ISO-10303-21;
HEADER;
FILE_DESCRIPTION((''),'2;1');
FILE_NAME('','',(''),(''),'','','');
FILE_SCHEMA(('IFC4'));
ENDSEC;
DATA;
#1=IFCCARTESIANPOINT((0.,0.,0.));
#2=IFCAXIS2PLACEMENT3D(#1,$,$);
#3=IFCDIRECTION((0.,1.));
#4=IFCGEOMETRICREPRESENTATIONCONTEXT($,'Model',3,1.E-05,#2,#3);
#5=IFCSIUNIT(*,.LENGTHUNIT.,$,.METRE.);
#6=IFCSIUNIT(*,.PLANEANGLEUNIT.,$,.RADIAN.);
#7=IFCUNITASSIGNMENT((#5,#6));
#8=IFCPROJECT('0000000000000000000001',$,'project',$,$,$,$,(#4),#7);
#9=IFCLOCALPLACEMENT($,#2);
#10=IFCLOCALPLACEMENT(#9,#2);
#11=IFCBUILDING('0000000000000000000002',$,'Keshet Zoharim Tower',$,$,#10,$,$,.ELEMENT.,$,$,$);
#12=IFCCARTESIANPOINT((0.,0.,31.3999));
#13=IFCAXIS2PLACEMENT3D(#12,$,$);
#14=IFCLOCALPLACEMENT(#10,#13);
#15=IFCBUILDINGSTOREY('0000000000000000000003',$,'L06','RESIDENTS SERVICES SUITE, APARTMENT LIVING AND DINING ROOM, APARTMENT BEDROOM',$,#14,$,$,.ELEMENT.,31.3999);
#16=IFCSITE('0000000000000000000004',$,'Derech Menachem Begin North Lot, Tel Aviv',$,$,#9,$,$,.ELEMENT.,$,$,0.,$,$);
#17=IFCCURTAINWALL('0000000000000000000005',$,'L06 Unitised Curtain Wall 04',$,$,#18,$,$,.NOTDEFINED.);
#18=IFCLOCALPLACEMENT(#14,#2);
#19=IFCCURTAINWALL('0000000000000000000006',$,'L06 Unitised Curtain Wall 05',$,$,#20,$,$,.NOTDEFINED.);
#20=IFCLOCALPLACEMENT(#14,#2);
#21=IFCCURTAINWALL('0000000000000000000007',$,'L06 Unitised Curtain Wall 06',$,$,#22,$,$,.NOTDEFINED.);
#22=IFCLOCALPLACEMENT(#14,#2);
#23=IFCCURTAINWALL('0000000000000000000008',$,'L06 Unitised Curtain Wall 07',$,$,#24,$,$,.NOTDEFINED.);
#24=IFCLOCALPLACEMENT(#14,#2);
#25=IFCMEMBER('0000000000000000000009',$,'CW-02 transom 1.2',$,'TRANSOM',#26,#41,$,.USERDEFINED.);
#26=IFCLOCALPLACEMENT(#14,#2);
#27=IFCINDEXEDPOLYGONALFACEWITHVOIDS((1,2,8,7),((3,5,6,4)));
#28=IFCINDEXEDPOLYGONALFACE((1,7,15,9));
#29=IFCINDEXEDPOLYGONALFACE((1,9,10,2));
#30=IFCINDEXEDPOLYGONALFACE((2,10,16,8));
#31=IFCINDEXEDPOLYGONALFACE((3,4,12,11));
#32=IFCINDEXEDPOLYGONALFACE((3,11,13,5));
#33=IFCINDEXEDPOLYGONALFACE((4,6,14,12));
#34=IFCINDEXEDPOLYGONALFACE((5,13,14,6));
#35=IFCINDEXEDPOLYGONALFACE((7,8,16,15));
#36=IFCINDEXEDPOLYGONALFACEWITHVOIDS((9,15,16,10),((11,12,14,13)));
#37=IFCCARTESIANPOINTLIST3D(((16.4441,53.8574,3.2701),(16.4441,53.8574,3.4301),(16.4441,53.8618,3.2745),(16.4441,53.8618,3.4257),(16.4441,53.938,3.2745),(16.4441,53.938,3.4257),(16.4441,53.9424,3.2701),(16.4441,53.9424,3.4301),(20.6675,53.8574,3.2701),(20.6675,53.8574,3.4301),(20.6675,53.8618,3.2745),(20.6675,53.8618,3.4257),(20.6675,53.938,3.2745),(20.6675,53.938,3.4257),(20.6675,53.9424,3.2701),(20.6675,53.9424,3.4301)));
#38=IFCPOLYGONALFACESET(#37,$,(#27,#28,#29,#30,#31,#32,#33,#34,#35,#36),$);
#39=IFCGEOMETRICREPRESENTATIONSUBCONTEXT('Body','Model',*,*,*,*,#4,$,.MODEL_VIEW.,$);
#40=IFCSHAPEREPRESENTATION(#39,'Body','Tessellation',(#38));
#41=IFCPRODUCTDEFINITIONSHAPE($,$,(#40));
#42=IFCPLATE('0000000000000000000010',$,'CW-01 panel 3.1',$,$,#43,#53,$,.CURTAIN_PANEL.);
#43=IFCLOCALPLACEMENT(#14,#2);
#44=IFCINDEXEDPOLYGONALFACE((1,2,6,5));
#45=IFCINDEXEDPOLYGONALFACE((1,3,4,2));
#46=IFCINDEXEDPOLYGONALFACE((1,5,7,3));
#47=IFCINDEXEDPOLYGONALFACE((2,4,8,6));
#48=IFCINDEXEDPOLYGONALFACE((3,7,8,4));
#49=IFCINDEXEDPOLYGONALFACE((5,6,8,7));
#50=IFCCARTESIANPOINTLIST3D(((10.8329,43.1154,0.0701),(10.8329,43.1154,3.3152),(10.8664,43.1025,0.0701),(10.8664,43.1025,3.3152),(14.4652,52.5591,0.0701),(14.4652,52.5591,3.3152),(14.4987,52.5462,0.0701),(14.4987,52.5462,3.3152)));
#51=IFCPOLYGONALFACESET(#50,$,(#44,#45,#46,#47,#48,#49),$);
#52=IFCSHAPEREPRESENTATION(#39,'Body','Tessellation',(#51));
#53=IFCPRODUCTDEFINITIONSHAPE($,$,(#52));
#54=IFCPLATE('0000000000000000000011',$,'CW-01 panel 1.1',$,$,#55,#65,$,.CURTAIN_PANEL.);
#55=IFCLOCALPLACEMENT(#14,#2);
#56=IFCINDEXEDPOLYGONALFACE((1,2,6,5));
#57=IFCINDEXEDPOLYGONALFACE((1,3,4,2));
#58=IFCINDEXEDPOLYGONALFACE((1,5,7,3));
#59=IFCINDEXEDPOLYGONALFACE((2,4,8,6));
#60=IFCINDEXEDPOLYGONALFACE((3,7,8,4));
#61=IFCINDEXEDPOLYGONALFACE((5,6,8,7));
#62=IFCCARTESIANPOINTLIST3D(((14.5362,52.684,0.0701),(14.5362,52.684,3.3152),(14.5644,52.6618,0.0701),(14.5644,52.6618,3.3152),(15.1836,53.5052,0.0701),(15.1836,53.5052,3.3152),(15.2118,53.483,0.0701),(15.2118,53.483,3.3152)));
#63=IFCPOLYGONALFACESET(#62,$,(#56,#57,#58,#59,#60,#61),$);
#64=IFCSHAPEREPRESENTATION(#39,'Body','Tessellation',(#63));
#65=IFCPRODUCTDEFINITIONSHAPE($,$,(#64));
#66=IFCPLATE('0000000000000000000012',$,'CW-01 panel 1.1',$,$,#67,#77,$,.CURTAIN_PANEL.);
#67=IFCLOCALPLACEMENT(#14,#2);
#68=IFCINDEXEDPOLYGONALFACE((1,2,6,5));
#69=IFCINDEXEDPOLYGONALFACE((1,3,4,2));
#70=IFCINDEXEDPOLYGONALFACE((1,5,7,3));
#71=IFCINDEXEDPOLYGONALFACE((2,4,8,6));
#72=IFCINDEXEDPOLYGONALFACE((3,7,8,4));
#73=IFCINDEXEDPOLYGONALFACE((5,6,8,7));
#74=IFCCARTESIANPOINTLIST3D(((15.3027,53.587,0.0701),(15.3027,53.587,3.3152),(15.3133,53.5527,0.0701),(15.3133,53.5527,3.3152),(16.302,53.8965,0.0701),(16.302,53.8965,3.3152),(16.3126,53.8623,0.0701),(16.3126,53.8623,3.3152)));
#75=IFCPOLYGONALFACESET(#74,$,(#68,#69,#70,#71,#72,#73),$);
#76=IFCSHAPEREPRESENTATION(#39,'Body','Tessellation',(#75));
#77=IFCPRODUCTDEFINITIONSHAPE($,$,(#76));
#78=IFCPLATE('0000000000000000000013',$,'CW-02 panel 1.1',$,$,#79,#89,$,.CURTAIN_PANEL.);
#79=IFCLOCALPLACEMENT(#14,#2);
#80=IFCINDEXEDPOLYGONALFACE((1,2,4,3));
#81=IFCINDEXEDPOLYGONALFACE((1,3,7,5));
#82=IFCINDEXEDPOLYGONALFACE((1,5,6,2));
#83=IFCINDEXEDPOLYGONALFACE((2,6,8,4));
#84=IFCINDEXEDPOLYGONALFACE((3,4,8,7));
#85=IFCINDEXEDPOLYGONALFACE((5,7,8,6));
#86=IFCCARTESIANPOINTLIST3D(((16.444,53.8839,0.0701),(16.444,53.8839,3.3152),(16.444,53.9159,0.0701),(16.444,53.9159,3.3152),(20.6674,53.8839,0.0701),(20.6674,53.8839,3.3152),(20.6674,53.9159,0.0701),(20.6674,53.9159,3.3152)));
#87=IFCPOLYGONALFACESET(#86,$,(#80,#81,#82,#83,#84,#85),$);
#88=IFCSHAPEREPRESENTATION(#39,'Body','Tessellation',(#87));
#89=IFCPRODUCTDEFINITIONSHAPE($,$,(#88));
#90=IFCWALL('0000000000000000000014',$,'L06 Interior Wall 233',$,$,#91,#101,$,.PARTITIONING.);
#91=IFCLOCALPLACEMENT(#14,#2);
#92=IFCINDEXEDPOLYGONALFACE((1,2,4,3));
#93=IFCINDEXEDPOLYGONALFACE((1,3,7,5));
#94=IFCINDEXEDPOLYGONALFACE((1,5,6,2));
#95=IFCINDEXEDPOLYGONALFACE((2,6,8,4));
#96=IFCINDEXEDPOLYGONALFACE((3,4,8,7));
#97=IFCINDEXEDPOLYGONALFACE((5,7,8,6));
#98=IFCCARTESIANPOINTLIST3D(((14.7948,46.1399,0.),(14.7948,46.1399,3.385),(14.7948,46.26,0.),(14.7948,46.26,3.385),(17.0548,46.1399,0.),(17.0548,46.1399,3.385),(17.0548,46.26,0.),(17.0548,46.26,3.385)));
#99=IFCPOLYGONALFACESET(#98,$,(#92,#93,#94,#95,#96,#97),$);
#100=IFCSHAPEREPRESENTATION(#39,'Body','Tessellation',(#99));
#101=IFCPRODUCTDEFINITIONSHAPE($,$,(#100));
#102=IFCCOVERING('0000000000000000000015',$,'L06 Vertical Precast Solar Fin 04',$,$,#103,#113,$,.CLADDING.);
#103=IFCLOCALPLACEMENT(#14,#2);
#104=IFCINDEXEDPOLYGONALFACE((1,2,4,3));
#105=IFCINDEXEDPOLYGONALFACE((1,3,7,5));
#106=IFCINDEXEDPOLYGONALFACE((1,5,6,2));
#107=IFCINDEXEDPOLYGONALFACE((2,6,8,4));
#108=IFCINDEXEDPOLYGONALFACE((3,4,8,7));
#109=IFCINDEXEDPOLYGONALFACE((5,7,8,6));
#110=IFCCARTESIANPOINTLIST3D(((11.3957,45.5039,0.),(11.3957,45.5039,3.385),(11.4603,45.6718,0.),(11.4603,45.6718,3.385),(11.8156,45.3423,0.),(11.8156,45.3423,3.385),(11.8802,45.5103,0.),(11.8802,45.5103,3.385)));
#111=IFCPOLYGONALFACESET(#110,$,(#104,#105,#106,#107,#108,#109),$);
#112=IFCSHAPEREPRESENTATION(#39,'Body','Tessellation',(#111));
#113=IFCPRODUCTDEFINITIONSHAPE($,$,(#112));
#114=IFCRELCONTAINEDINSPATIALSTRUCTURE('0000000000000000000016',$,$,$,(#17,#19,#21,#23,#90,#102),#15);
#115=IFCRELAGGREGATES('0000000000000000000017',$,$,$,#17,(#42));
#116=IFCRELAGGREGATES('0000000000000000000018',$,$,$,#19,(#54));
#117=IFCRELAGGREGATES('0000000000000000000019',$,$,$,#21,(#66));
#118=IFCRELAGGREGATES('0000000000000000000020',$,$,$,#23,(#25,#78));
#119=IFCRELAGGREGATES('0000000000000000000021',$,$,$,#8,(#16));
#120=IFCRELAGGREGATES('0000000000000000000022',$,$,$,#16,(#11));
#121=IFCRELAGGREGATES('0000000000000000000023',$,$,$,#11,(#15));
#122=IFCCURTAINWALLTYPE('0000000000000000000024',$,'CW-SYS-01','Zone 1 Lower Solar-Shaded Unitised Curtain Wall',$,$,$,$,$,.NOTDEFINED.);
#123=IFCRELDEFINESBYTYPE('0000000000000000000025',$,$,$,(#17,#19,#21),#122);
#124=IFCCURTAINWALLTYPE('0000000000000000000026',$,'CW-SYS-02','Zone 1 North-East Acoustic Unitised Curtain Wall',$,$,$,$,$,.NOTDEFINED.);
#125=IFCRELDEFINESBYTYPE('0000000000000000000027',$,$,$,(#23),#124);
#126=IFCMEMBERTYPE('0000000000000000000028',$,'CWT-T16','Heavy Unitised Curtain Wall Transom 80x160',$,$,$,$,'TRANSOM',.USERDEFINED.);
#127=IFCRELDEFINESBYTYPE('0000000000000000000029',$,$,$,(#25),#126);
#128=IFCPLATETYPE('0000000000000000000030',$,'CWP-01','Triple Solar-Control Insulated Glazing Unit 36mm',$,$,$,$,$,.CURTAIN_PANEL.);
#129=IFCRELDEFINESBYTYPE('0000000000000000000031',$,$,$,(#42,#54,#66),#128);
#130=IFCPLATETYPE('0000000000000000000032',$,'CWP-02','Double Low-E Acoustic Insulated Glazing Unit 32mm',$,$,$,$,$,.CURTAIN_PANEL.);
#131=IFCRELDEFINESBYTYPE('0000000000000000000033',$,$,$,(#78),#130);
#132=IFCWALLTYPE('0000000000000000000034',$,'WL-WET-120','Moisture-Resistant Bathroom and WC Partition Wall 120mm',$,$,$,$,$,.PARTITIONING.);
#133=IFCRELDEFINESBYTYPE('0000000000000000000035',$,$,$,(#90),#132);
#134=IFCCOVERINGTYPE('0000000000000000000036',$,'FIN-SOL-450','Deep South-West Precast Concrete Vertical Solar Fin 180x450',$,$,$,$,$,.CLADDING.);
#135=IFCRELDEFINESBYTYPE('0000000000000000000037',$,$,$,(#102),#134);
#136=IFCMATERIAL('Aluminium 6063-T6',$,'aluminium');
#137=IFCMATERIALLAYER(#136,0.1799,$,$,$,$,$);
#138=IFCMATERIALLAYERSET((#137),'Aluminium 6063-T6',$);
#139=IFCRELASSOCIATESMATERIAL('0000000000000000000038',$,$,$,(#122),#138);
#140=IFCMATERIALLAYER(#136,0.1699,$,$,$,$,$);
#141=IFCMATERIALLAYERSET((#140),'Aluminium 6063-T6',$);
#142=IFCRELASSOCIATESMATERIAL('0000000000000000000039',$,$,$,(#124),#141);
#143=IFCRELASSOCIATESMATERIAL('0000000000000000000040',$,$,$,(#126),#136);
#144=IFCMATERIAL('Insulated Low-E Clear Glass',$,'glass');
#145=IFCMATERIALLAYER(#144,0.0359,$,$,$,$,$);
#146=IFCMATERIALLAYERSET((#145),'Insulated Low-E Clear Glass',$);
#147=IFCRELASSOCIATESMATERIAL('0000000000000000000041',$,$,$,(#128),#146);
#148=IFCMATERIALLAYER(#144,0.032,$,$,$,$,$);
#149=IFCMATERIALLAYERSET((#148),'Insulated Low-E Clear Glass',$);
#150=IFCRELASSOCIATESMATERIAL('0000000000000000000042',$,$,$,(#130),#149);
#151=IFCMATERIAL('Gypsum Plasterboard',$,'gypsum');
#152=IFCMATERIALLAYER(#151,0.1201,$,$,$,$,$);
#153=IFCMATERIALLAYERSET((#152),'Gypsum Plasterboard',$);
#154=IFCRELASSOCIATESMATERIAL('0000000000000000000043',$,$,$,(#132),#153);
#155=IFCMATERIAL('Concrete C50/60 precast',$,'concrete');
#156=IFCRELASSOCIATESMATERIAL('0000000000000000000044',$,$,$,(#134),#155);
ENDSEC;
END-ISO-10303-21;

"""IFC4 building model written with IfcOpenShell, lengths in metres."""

from ifc_helpers import new_model, si_unit, direction, frame, frame_2d, origin, origin_2d, place, context, subcontext, project, spatial, rectangle, hollow_rectangle, extrude, material, layer, layer_set, material_profile, profile_set, type_object, element, aggregate, save


model = new_model("IFC4")

# Units and contexts
model_context = context("Model", 3, precision=1e-05, world=origin(), true_north=direction((0.0, 1.0)))
body_context = subcontext(model_context, "Body", "Model", "MODEL_VIEW")
ifc_project = project(units=[si_unit("LENGTHUNIT", "METRE"), si_unit("PLANEANGLEUNIT", "RADIAN")], contexts=[model_context])

# Site, building, storey
site_placement = place(None, origin())
site = spatial("IfcSite", under=ifc_project, at=site_placement, Name="Derech Menachem Begin North Lot, Tel Aviv", CompositionType="ELEMENT", RefElevation=0.0)
building_placement = place(site_placement, origin())
building = spatial("IfcBuilding", under=site, at=building_placement, Name="Keshet Zoharim Tower", CompositionType="ELEMENT")
storey_placement = place(building_placement, frame((0.0, 0.0, 31.3999)))
storey = spatial("IfcBuildingStorey", under=building, at=storey_placement, Name="L06", Description="RESIDENTS SERVICES SUITE, APARTMENT LIVING AND DINING ROOM, APARTMENT BEDROOM", CompositionType="ELEMENT", Elevation=31.3999)

# Curtain wall
ifc_material_1 = material(Name="Aluminium 6063-T6", Category="aluminium")
ifc_layer_1 = layer(ifc_material_1, 0.1799)
ifc_layer_set_1 = layer_set([ifc_layer_1], Name="Aluminium 6063-T6")
curtain_wall_type_1 = type_object("IfcCurtainWallType", Name="CW-SYS-01", Description="Zone 1 Lower Solar-Shaded Unitised Curtain Wall", PredefinedType="NOTDEFINED", material=ifc_layer_set_1)
curtain_wall_1_placement = place(storey_placement, origin())
curtain_wall_1 = element("IfcCurtainWall", 1, at=curtain_wall_1_placement, inside=storey, type_object=curtain_wall_type_1, Name="L06 Unitised Curtain Wall 04", PredefinedType="NOTDEFINED")

# Curtain walls
curtain_wall_2_placement = place(storey_placement, origin())
curtain_wall_2 = element("IfcCurtainWall", 2, at=curtain_wall_2_placement, inside=storey, type_object=curtain_wall_type_1, Name="L06 Unitised Curtain Wall 05", PredefinedType="NOTDEFINED")
curtain_wall_3_placement = place(storey_placement, origin())
curtain_wall_3 = element("IfcCurtainWall", 3, at=curtain_wall_3_placement, inside=storey, type_object=curtain_wall_type_1, Name="L06 Unitised Curtain Wall 06", PredefinedType="NOTDEFINED")

# Curtain wall
ifc_layer_2 = layer(ifc_material_1, 0.1699)
ifc_layer_set_2 = layer_set([ifc_layer_2], Name="Aluminium 6063-T6")
curtain_wall_type_2 = type_object("IfcCurtainWallType", Name="CW-SYS-02", Description="Zone 1 North-East Acoustic Unitised Curtain Wall", PredefinedType="NOTDEFINED", material=ifc_layer_set_2)
curtain_wall_4_placement = place(storey_placement, origin())
curtain_wall_4 = element("IfcCurtainWall", 4, at=curtain_wall_4_placement, inside=storey, type_object=curtain_wall_type_2, Name="L06 Unitised Curtain Wall 07", PredefinedType="NOTDEFINED")

# Member
ifc_material_profile_1 = material_profile(ifc_material_1, hollow_rectangle(XDim=0.085, YDim=0.1599, WallThickness=0.0044, at=origin_2d()), Name="TRN-85x160")
ifc_profile_set_1 = profile_set([ifc_material_profile_1], Name="Aluminium 6063-T6")
member_type_1 = type_object("IfcMemberType", Name="CWT-T16", Description="Heavy Unitised Curtain Wall Transom 80x160", ElementType="TRANSOM", PredefinedType="USERDEFINED", material=ifc_profile_set_1)
member_1_placement = place(storey_placement, frame((16.4441, 53.8999, 3.3501), z_axis=(1.0, 0.0, 0.0), x_axis=(0.0, 1.0, 0.0)))
member_1 = element("IfcMember", 5, at=member_1_placement, type_object=member_type_1, Name="CW-02 transom 1.2", ObjectType="TRANSOM", PredefinedType="USERDEFINED", context=body_context, shape_type="SweptSolid", body=[
    extrude(hollow_rectangle(XDim=0.085, YDim=0.1599, WallThickness=0.0044, at=origin_2d()), origin(), (0.0, 0.0, 1.0), 4.2234),
])

# Plates
ifc_material_2 = material(Name="Insulated Low-E Clear Glass", Category="glass")
ifc_layer_3 = layer(ifc_material_2, 0.0359)
ifc_layer_set_3 = layer_set([ifc_layer_3], Name="Insulated Low-E Clear Glass")
plate_type_1 = type_object("IfcPlateType", Name="CWP-01", Description="Triple Solar-Control Insulated Glazing Unit 36mm", PredefinedType="CURTAIN_PANEL", material=ifc_layer_set_3)
plate_1_placement = place(storey_placement, frame((12.6658, 47.8308, 0.0701), z_axis=(0.0, 0.0, 1.0), x_axis=(0.35899, 0.933341, 0.0)))
plate_1 = element("IfcPlate", 6, at=plate_1_placement, type_object=plate_type_1, Name="CW-01 panel 3.1", PredefinedType="CURTAIN_PANEL", context=body_context, shape_type="SweptSolid", body=[
    extrude(rectangle(XDim=10.1182, YDim=0.0359, at=origin_2d()), origin(), (0.0, 0.0, 1.0), 3.2451),
])
aggregate(curtain_wall_1, [plate_1])
plate_2_placement = place(storey_placement, frame((14.874, 53.0835, 0.0701), z_axis=(0.0, 0.0, 1.0), x_axis=(0.619125, 0.785293, 0.0)))
plate_2 = element("IfcPlate", 7, at=plate_2_placement, type_object=plate_type_1, Name="CW-01 panel 1.1", PredefinedType="CURTAIN_PANEL", context=body_context, shape_type="SweptSolid", body=[
    extrude(rectangle(XDim=1.0457, YDim=0.0359, at=origin_2d()), origin(), (0.0, 0.0, 1.0), 3.2451),
])
aggregate(curtain_wall_2, [plate_2])
plate_3_placement = place(storey_placement, frame((15.8076, 53.7246, 0.0701), z_axis=(0.0, 0.0, 1.0), x_axis=(0.955212, 0.295922, 0.0)))
plate_3 = element("IfcPlate", 8, at=plate_3_placement, type_object=plate_type_1, Name="CW-01 panel 1.1", PredefinedType="CURTAIN_PANEL", context=body_context, shape_type="SweptSolid", body=[
    extrude(rectangle(XDim=1.0461, YDim=0.0359, at=origin_2d()), origin(), (0.0, 0.0, 1.0), 3.2451),
])
aggregate(curtain_wall_3, [plate_3])
ifc_layer_4 = layer(ifc_material_2, 0.032)
ifc_layer_set_4 = layer_set([ifc_layer_4], Name="Insulated Low-E Clear Glass")
plate_type_2 = type_object("IfcPlateType", Name="CWP-02", Description="Double Low-E Acoustic Insulated Glazing Unit 32mm", PredefinedType="CURTAIN_PANEL", material=ifc_layer_set_4)
plate_4_placement = place(storey_placement, frame((18.5557, 53.8999, 0.0701), z_axis=(0.0, 0.0, 1.0), x_axis=(1.0, 0.0, 0.0)))
plate_4 = element("IfcPlate", 9, at=plate_4_placement, type_object=plate_type_2, Name="CW-02 panel 1.1", PredefinedType="CURTAIN_PANEL", context=body_context, shape_type="SweptSolid", body=[
    extrude(rectangle(XDim=4.2234, YDim=0.032, at=origin_2d()), origin(), (0.0, 0.0, 1.0), 3.2451),
])
aggregate(curtain_wall_4, [member_1, plate_4])

# Wall
ifc_material_3 = material(Name="Gypsum Plasterboard", Category="gypsum")
ifc_layer_5 = layer(ifc_material_3, 0.1201)
ifc_layer_set_5 = layer_set([ifc_layer_5], Name="Gypsum Plasterboard")
wall_type = type_object("IfcWallType", Name="WL-WET-120", Description="Moisture-Resistant Bathroom and WC Partition Wall 120mm", PredefinedType="PARTITIONING", material=ifc_layer_set_5)
wall_placement = place(storey_placement, frame((14.7949, 46.2, 0.0), z_axis=(0.0, 0.0, 1.0), x_axis=(1.0, 0.0, 0.0)))
element("IfcWall", 10, at=wall_placement, inside=storey, type_object=wall_type, Name="L06 Interior Wall 233", PredefinedType="PARTITIONING", context=body_context, shape_type="SweptSolid", body=[
    extrude(rectangle(XDim=2.26, YDim=0.1201, at=frame_2d((1.1299, 0.0))), origin(), (0.0, 0.0, 1.0), 3.385),
])

# Covering
ifc_material_4 = material(Name="Concrete C50/60 precast", Category="concrete")
covering_type = type_object("IfcCoveringType", Name="FIN-SOL-450", Description="Deep South-West Precast Concrete Vertical Solar Fin 180x450", PredefinedType="CLADDING", material=ifc_material_4)
covering_placement = place(storey_placement, frame((11.6379, 45.5071, 0.0), z_axis=(0.0, 0.0, 1.0), x_axis=(0.35899, 0.933341, 0.0)))
element("IfcCovering", 11, at=covering_placement, inside=storey, type_object=covering_type, Name="L06 Vertical Precast Solar Fin 04", PredefinedType="CLADDING", context=body_context, shape_type="SweptSolid", body=[
    extrude(rectangle(XDim=0.1799, YDim=0.45, at=origin_2d()), origin(), (0.0, 0.0, 1.0), 3.385),
])

save(model, "model.ifc")
